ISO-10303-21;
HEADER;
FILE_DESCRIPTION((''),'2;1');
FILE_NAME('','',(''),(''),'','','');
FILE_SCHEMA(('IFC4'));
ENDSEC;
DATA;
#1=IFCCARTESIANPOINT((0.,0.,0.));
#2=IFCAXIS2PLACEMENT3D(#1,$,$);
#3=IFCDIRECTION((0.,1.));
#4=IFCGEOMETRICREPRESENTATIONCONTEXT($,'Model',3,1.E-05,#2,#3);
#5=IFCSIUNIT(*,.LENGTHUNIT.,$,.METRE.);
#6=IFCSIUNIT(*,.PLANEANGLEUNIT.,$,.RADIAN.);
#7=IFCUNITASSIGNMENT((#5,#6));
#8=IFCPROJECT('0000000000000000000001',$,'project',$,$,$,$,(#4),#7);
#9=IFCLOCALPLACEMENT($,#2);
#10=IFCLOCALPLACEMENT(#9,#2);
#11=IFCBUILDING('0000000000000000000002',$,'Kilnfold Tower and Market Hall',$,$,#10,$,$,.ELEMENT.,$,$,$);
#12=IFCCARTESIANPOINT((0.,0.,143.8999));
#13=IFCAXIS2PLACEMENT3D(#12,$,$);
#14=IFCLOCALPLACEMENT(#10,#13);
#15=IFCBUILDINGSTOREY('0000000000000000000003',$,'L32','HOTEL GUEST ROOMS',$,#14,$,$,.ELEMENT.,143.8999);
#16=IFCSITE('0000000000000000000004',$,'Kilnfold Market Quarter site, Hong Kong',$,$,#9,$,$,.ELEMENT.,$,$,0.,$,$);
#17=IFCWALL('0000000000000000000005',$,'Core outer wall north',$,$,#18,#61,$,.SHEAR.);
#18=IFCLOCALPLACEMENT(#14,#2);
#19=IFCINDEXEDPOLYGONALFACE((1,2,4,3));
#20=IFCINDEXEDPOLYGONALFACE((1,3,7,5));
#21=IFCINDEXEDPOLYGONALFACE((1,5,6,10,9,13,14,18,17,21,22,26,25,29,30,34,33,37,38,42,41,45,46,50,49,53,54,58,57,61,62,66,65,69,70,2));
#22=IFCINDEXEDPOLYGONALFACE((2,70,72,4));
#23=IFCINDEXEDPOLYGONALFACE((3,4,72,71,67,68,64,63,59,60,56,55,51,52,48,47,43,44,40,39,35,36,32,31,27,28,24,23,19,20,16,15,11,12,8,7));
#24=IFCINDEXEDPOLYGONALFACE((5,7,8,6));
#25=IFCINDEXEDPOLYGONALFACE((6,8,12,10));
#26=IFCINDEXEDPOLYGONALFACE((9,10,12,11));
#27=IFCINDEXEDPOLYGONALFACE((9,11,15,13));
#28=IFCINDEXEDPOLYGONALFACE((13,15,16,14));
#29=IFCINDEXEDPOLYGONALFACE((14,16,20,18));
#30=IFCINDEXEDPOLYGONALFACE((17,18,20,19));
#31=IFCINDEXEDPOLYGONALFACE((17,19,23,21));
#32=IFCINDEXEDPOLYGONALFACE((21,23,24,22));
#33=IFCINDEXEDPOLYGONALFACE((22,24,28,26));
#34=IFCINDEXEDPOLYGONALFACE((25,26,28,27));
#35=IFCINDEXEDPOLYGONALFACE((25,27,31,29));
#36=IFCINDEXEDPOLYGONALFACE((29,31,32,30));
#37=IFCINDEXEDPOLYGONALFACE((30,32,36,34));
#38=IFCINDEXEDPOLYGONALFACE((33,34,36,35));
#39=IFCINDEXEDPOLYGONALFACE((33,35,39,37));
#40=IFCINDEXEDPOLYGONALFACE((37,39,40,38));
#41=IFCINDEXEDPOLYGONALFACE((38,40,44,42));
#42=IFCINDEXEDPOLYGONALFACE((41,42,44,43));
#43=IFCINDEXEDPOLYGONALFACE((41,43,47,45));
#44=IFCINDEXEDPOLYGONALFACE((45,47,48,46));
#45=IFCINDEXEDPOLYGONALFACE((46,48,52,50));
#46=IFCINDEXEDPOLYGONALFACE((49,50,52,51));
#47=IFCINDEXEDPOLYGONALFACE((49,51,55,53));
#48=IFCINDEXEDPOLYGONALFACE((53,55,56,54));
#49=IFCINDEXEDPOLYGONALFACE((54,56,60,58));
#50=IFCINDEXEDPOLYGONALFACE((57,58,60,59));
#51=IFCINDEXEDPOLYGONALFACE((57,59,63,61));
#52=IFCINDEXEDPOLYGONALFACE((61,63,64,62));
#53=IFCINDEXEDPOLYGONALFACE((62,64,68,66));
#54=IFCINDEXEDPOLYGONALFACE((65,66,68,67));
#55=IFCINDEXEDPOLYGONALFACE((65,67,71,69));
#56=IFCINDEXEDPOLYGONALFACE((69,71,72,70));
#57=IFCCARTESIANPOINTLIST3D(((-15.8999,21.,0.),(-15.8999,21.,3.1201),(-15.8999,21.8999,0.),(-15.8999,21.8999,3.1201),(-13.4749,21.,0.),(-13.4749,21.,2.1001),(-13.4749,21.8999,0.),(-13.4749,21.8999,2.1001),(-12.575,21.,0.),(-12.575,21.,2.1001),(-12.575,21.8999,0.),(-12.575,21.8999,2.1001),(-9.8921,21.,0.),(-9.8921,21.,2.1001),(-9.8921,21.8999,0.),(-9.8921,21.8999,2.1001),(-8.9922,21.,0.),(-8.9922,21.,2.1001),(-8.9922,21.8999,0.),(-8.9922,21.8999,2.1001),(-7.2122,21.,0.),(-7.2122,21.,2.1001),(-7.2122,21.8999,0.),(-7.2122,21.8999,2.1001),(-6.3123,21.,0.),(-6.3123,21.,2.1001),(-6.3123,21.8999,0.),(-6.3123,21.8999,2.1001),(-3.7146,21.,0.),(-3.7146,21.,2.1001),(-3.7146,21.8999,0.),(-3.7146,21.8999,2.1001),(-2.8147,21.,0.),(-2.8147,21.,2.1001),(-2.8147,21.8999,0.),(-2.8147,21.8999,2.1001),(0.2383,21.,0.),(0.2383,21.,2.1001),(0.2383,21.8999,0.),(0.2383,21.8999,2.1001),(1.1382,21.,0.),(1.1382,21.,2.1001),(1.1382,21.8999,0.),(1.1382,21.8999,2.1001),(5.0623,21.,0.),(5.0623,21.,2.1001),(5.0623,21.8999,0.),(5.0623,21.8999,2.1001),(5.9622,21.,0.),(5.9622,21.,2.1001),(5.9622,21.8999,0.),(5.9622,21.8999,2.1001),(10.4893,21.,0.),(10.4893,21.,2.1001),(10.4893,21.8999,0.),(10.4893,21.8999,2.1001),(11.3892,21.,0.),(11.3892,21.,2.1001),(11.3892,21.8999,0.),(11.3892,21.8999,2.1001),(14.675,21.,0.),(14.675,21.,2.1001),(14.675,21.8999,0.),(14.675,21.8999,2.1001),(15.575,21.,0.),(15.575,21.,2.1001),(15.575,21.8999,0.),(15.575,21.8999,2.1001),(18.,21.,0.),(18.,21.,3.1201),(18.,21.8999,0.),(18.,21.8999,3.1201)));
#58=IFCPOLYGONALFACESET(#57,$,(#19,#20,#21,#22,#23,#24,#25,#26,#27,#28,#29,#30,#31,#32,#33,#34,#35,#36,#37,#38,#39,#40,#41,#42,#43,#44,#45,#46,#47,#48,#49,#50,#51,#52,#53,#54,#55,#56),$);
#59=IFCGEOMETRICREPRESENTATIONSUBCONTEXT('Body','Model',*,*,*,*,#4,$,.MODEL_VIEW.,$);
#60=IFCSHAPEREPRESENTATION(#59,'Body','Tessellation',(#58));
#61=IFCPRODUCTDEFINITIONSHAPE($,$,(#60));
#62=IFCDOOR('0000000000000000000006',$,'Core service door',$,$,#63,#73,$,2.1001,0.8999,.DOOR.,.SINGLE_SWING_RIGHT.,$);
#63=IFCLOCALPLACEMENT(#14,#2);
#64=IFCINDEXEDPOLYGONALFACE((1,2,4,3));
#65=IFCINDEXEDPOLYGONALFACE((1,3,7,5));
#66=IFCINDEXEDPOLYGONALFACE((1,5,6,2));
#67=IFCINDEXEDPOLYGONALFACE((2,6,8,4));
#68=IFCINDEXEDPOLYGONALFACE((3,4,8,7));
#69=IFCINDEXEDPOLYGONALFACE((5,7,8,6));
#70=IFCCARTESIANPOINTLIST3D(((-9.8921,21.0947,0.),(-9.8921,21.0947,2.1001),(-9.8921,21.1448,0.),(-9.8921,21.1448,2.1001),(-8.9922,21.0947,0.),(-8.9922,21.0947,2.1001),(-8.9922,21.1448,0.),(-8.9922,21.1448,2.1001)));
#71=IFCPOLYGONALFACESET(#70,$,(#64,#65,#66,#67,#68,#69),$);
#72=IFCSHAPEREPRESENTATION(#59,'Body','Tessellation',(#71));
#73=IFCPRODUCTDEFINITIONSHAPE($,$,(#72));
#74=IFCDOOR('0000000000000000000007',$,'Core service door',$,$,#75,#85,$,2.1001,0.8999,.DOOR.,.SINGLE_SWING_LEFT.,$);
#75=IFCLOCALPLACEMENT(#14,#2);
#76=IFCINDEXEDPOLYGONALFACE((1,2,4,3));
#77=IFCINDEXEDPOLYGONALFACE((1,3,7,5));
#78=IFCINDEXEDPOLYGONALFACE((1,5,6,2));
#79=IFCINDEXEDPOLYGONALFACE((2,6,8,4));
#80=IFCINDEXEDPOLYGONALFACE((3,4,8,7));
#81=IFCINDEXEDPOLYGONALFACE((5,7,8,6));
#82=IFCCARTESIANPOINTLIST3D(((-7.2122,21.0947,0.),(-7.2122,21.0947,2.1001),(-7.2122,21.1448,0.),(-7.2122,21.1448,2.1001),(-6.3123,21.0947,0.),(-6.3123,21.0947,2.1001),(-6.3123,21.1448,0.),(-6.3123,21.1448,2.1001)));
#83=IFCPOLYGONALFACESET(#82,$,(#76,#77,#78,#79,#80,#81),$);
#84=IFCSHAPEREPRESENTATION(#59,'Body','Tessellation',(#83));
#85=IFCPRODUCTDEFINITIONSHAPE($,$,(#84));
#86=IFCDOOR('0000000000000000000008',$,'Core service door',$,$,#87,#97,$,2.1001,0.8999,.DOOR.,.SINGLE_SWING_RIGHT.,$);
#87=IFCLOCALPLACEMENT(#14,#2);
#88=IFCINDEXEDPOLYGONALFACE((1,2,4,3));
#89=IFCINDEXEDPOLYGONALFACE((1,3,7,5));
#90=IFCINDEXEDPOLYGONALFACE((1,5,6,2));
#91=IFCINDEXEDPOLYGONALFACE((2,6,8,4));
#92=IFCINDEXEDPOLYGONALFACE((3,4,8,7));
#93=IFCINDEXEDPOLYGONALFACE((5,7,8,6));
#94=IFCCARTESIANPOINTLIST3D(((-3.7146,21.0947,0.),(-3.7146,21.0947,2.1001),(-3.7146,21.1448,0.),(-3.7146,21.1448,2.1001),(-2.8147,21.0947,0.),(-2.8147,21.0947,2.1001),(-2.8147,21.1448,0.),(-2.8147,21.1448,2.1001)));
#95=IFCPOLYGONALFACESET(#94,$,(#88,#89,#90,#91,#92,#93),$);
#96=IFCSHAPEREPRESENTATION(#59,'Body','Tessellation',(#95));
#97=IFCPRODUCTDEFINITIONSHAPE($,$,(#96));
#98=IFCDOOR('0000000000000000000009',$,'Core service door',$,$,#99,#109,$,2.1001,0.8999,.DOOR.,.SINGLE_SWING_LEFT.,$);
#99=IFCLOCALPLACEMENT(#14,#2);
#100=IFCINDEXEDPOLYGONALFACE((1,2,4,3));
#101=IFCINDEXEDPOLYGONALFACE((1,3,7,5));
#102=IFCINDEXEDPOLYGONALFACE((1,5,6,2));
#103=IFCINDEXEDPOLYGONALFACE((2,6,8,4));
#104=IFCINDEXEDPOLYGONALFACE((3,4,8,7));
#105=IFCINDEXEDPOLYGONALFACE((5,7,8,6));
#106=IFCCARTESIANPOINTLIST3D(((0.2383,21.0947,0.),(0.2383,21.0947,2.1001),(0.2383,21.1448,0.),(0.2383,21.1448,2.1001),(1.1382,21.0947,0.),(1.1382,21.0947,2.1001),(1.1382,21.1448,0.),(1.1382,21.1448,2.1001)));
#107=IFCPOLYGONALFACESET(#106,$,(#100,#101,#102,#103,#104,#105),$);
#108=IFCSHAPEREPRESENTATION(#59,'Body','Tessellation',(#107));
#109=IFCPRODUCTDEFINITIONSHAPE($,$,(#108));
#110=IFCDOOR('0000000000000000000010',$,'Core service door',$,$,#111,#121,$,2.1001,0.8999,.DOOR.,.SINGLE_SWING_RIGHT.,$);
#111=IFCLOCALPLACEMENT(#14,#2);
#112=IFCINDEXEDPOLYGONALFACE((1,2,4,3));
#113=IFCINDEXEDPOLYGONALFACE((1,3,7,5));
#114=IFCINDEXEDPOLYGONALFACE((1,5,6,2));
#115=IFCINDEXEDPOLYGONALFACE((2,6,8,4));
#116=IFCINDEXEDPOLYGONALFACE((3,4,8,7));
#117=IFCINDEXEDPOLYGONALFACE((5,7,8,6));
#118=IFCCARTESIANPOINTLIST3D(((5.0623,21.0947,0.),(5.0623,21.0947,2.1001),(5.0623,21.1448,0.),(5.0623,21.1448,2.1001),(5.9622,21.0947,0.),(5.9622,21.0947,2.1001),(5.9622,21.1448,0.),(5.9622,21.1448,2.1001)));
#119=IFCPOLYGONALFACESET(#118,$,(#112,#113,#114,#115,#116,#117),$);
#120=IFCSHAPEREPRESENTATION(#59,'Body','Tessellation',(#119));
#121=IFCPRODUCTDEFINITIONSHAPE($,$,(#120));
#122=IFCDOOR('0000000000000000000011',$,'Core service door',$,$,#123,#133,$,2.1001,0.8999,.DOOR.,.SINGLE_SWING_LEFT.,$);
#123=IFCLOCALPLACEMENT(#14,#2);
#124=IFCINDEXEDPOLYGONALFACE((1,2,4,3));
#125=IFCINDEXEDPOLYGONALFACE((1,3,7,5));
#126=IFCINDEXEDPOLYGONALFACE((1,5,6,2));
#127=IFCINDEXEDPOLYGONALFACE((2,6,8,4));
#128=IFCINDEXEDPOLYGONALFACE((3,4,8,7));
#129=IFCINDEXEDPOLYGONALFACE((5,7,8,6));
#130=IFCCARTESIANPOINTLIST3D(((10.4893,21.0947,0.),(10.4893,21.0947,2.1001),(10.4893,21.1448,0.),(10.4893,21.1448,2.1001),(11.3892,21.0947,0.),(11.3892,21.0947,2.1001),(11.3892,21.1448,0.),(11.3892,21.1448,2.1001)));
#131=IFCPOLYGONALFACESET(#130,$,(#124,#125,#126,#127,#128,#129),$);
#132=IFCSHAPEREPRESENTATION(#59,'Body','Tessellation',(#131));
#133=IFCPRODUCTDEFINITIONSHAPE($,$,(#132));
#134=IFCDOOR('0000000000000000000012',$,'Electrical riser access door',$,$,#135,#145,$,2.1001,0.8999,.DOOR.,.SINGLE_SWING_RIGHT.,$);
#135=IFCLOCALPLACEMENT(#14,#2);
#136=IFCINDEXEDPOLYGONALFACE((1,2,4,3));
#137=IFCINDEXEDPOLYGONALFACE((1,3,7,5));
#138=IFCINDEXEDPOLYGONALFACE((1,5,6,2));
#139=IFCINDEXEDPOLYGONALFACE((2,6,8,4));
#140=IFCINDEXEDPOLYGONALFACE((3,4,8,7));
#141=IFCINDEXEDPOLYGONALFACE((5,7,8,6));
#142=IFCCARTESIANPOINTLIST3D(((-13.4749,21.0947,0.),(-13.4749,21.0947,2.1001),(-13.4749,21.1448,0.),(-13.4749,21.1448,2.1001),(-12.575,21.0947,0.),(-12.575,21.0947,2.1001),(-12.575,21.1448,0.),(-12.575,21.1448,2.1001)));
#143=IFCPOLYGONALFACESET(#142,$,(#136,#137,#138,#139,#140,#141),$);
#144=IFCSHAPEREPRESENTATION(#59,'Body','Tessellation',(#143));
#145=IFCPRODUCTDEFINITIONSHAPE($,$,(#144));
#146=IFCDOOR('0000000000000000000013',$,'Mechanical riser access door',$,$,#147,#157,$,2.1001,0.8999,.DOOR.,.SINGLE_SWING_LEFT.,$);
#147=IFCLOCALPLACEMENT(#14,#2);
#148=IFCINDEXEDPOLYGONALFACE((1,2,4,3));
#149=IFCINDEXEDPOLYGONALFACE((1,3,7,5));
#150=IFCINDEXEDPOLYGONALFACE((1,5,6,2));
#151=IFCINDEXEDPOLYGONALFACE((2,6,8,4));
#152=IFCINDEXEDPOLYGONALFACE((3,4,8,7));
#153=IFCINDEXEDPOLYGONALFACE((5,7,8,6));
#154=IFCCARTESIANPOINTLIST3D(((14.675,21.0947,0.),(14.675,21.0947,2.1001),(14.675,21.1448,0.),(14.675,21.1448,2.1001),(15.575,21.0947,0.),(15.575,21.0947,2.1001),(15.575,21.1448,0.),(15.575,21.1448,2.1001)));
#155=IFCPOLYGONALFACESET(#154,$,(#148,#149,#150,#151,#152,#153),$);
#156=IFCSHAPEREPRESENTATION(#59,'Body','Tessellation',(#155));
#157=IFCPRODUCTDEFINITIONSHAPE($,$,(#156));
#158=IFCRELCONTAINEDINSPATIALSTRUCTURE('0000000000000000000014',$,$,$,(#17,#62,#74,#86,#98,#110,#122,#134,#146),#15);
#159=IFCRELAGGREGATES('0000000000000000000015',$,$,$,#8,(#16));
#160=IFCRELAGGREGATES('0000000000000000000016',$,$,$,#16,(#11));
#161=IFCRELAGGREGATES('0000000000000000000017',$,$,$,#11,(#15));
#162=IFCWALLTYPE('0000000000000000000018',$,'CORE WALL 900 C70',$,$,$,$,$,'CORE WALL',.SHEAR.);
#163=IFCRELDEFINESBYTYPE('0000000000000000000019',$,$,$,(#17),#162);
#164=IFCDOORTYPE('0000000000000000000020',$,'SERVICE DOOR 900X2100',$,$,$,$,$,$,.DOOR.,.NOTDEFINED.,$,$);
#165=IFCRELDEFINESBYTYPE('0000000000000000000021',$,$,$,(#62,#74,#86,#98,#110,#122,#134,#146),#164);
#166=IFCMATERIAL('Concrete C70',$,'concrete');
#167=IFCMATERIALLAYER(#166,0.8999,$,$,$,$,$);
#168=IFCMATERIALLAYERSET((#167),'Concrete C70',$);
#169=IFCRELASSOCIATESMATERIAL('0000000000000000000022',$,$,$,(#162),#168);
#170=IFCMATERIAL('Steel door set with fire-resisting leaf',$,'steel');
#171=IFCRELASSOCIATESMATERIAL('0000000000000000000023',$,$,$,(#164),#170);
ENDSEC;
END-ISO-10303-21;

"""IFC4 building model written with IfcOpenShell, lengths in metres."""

from ifc_helpers import new_model, si_unit, direction, frame, frame_2d, origin, place, context, subcontext, project, spatial, rectangle, extrude, source, transform, mapped, material, layer, layer_set, type_object, element, fill, save


model = new_model("IFC4")

# Units and contexts
model_context = context("Model", 3, precision=1e-05, world=origin(), true_north=direction((0.0, 1.0)))
body_context = subcontext(model_context, "Body", "Model", "MODEL_VIEW")
ifc_project = project(units=[si_unit("LENGTHUNIT", "METRE"), si_unit("PLANEANGLEUNIT", "RADIAN")], contexts=[model_context])

# Site, building, storey
site_placement = place(None, origin())
site = spatial("IfcSite", under=ifc_project, at=site_placement, Name="Kilnfold Market Quarter site, Hong Kong", CompositionType="ELEMENT", RefElevation=0.0)
building_placement = place(site_placement, origin())
building = spatial("IfcBuilding", under=site, at=building_placement, Name="Kilnfold Tower and Market Hall", CompositionType="ELEMENT")
storey_placement = place(building_placement, frame((0.0, 0.0, 143.8999)))
storey = spatial("IfcBuildingStorey", under=building, at=storey_placement, Name="L32", Description="HOTEL GUEST ROOMS", CompositionType="ELEMENT", Elevation=143.8999)

# Shared definitions
ifc_material_1 = material(Name="Concrete C70", Category="concrete")
ifc_layer_1 = layer(ifc_material_1, 0.8999)
ifc_layer_set_1 = layer_set([ifc_layer_1], Name="Concrete C70")
wall_type_1 = type_object("IfcWallType", Name="CORE WALL 900 C70", ElementType="CORE WALL", PredefinedType="SHEAR", material=ifc_layer_set_1)

# Wall, openings, doors
shared_shape_1 = source(origin(), body_context, "Body", "SweptSolid", [
    extrude(rectangle(XDim=33.8999, YDim=0.8999, at=frame_2d((16.95, 0.0))), origin(), (0.0, 0.0, 1.0), 3.1201),
])
wall_1_placement = place(storey_placement, frame((-15.8999, 21.45, 0.0), z_axis=(0.0, 0.0, 1.0), x_axis=(1.0, 0.0, 0.0)))
wall_1 = element("IfcWall", 1, at=wall_1_placement, inside=storey, type_object=wall_type_1, Name="Core outer wall north", PredefinedType="SHEAR", context=body_context, shape_type="MappedRepresentation", body=[
    mapped(shared_shape_1, transform((0.0, 0.0, 0.0))),
])
opening_1_placement = place(wall_1_placement, frame((6.0078, 0.0, 0.0)))
opening_1 = element("IfcOpeningElement", 2, at=opening_1_placement, cuts=wall_1, PredefinedType="OPENING", context=body_context, shape_type="SweptSolid", body=[
    extrude(rectangle(XDim=0.8999, YDim=2.1001, at=frame_2d((0.45, 1.05))), frame((0.0, 0.46, 0.0), z_axis=(0.0, -1.0, 0.0), x_axis=(1.0, 0.0, 0.0)), (0.0, 0.0, 1.0), 0.9199),
])
opening_2_placement = place(wall_1_placement, frame((8.6877, 0.0, 0.0)))
opening_2 = element("IfcOpeningElement", 3, at=opening_2_placement, cuts=wall_1, PredefinedType="OPENING", context=body_context, shape_type="SweptSolid", body=[
    extrude(rectangle(XDim=0.8999, YDim=2.1001, at=frame_2d((0.45, 1.05))), frame((0.0, 0.46, 0.0), z_axis=(0.0, -1.0, 0.0), x_axis=(1.0, 0.0, 0.0)), (0.0, 0.0, 1.0), 0.9199),
])
opening_3_placement = place(wall_1_placement, frame((12.1853, 0.0, 0.0)))
opening_3 = element("IfcOpeningElement", 4, at=opening_3_placement, cuts=wall_1, PredefinedType="OPENING", context=body_context, shape_type="SweptSolid", body=[
    extrude(rectangle(XDim=0.8999, YDim=2.1001, at=frame_2d((0.45, 1.05))), frame((0.0, 0.46, 0.0), z_axis=(0.0, -1.0, 0.0), x_axis=(1.0, 0.0, 0.0)), (0.0, 0.0, 1.0), 0.9199),
])
opening_4_placement = place(wall_1_placement, frame((16.1382, 0.0, 0.0)))
opening_4 = element("IfcOpeningElement", 5, at=opening_4_placement, cuts=wall_1, PredefinedType="OPENING", context=body_context, shape_type="SweptSolid", body=[
    extrude(rectangle(XDim=0.8999, YDim=2.1001, at=frame_2d((0.45, 1.05))), frame((0.0, 0.46, 0.0), z_axis=(0.0, -1.0, 0.0), x_axis=(1.0, 0.0, 0.0)), (0.0, 0.0, 1.0), 0.9199),
])
opening_5_placement = place(wall_1_placement, frame((20.9622, 0.0, 0.0)))
opening_5 = element("IfcOpeningElement", 6, at=opening_5_placement, cuts=wall_1, PredefinedType="OPENING", context=body_context, shape_type="SweptSolid", body=[
    extrude(rectangle(XDim=0.8999, YDim=2.1001, at=frame_2d((0.45, 1.05))), frame((0.0, 0.46, 0.0), z_axis=(0.0, -1.0, 0.0), x_axis=(1.0, 0.0, 0.0)), (0.0, 0.0, 1.0), 0.9199),
])
opening_6_placement = place(wall_1_placement, frame((26.3892, 0.0, 0.0)))
opening_6 = element("IfcOpeningElement", 7, at=opening_6_placement, cuts=wall_1, PredefinedType="OPENING", context=body_context, shape_type="SweptSolid", body=[
    extrude(rectangle(XDim=0.8999, YDim=2.1001, at=frame_2d((0.45, 1.05))), frame((0.0, 0.46, 0.0), z_axis=(0.0, -1.0, 0.0), x_axis=(1.0, 0.0, 0.0)), (0.0, 0.0, 1.0), 0.9199),
])
opening_7_placement = place(wall_1_placement, frame((2.425, 0.0, 0.0)))
opening_7 = element("IfcOpeningElement", 8, at=opening_7_placement, cuts=wall_1, PredefinedType="OPENING", context=body_context, shape_type="SweptSolid", body=[
    extrude(rectangle(XDim=0.8999, YDim=2.1001, at=frame_2d((0.45, 1.05))), frame((0.0, 0.46, 0.0), z_axis=(0.0, -1.0, 0.0), x_axis=(1.0, 0.0, 0.0)), (0.0, 0.0, 1.0), 0.9199),
])
opening_8_placement = place(wall_1_placement, frame((30.575, 0.0, 0.0)))
opening_8 = element("IfcOpeningElement", 9, at=opening_8_placement, cuts=wall_1, PredefinedType="OPENING", context=body_context, shape_type="SweptSolid", body=[
    extrude(rectangle(XDim=0.8999, YDim=2.1001, at=frame_2d((0.45, 1.05))), frame((0.0, 0.46, 0.0), z_axis=(0.0, -1.0, 0.0), x_axis=(1.0, 0.0, 0.0)), (0.0, 0.0, 1.0), 0.9199),
])
ifc_material_2 = material(Name="Steel door set with fire-resisting leaf", Category="steel")
door_type_1 = type_object("IfcDoorType", Name="SERVICE DOOR 900X2100", OperationType="NOTDEFINED", PredefinedType="DOOR", material=ifc_material_2)
door_1_placement = place(opening_1_placement, origin())
door_1 = element("IfcDoor", 10, at=door_1_placement, inside=storey, type_object=door_type_1, Name="Core service door", OperationType="SINGLE_SWING_RIGHT", OverallHeight=2.1001, OverallWidth=0.8999, PredefinedType="DOOR", context=body_context, shape_type="SweptSolid", body=[
    extrude(rectangle(XDim=0.8999, YDim=2.1001, at=frame_2d((0.45, 1.05))), frame((0.0, -0.3052, 0.0), z_axis=(0.0, -1.0, 0.0), x_axis=(1.0, 0.0, 0.0)), (0.0, 0.0, 1.0), 0.05),
])
fill(opening_1, door_1)
door_2_placement = place(opening_2_placement, origin())
door_2 = element("IfcDoor", 11, at=door_2_placement, inside=storey, type_object=door_type_1, Name="Core service door", OperationType="SINGLE_SWING_LEFT", OverallHeight=2.1001, OverallWidth=0.8999, PredefinedType="DOOR", context=body_context, shape_type="SweptSolid", body=[
    extrude(rectangle(XDim=0.8999, YDim=2.1001, at=frame_2d((0.45, 1.05))), frame((0.0, -0.3052, 0.0), z_axis=(0.0, -1.0, 0.0), x_axis=(1.0, 0.0, 0.0)), (0.0, 0.0, 1.0), 0.05),
])
fill(opening_2, door_2)
door_3_placement = place(opening_3_placement, origin())
door_3 = element("IfcDoor", 12, at=door_3_placement, inside=storey, type_object=door_type_1, Name="Core service door", OperationType="SINGLE_SWING_RIGHT", OverallHeight=2.1001, OverallWidth=0.8999, PredefinedType="DOOR", context=body_context, shape_type="SweptSolid", body=[
    extrude(rectangle(XDim=0.8999, YDim=2.1001, at=frame_2d((0.45, 1.05))), frame((0.0, -0.3052, 0.0), z_axis=(0.0, -1.0, 0.0), x_axis=(1.0, 0.0, 0.0)), (0.0, 0.0, 1.0), 0.05),
])
fill(opening_3, door_3)
door_4_placement = place(opening_4_placement, origin())
door_4 = element("IfcDoor", 13, at=door_4_placement, inside=storey, type_object=door_type_1, Name="Core service door", OperationType="SINGLE_SWING_LEFT", OverallHeight=2.1001, OverallWidth=0.8999, PredefinedType="DOOR", context=body_context, shape_type="SweptSolid", body=[
    extrude(rectangle(XDim=0.8999, YDim=2.1001, at=frame_2d((0.45, 1.05))), frame((0.0, -0.3052, 0.0), z_axis=(0.0, -1.0, 0.0), x_axis=(1.0, 0.0, 0.0)), (0.0, 0.0, 1.0), 0.05),
])
fill(opening_4, door_4)
door_5_placement = place(opening_5_placement, origin())
door_5 = element("IfcDoor", 14, at=door_5_placement, inside=storey, type_object=door_type_1, Name="Core service door", OperationType="SINGLE_SWING_RIGHT", OverallHeight=2.1001, OverallWidth=0.8999, PredefinedType="DOOR", context=body_context, shape_type="SweptSolid", body=[
    extrude(rectangle(XDim=0.8999, YDim=2.1001, at=frame_2d((0.45, 1.05))), frame((0.0, -0.3052, 0.0), z_axis=(0.0, -1.0, 0.0), x_axis=(1.0, 0.0, 0.0)), (0.0, 0.0, 1.0), 0.05),
])
fill(opening_5, door_5)
door_6_placement = place(opening_6_placement, origin())
door_6 = element("IfcDoor", 15, at=door_6_placement, inside=storey, type_object=door_type_1, Name="Core service door", OperationType="SINGLE_SWING_LEFT", OverallHeight=2.1001, OverallWidth=0.8999, PredefinedType="DOOR", context=body_context, shape_type="SweptSolid", body=[
    extrude(rectangle(XDim=0.8999, YDim=2.1001, at=frame_2d((0.45, 1.05))), frame((0.0, -0.3052, 0.0), z_axis=(0.0, -1.0, 0.0), x_axis=(1.0, 0.0, 0.0)), (0.0, 0.0, 1.0), 0.05),
])
fill(opening_6, door_6)
door_7_placement = place(opening_7_placement, origin())
door_7 = element("IfcDoor", 16, at=door_7_placement, inside=storey, type_object=door_type_1, Name="Electrical riser access door", OperationType="SINGLE_SWING_RIGHT", OverallHeight=2.1001, OverallWidth=0.8999, PredefinedType="DOOR", context=body_context, shape_type="SweptSolid", body=[
    extrude(rectangle(XDim=0.8999, YDim=2.1001, at=frame_2d((0.45, 1.05))), frame((0.0, -0.3052, 0.0), z_axis=(0.0, -1.0, 0.0), x_axis=(1.0, 0.0, 0.0)), (0.0, 0.0, 1.0), 0.05),
])
fill(opening_7, door_7)
door_8_placement = place(opening_8_placement, origin())
door_8 = element("IfcDoor", 17, at=door_8_placement, inside=storey, type_object=door_type_1, Name="Mechanical riser access door", OperationType="SINGLE_SWING_LEFT", OverallHeight=2.1001, OverallWidth=0.8999, PredefinedType="DOOR", context=body_context, shape_type="SweptSolid", body=[
    extrude(rectangle(XDim=0.8999, YDim=2.1001, at=frame_2d((0.45, 1.05))), frame((0.0, -0.3052, 0.0), z_axis=(0.0, -1.0, 0.0), x_axis=(1.0, 0.0, 0.0)), (0.0, 0.0, 1.0), 0.05),
])
fill(opening_8, door_8)

save(model, "model.ifc")
